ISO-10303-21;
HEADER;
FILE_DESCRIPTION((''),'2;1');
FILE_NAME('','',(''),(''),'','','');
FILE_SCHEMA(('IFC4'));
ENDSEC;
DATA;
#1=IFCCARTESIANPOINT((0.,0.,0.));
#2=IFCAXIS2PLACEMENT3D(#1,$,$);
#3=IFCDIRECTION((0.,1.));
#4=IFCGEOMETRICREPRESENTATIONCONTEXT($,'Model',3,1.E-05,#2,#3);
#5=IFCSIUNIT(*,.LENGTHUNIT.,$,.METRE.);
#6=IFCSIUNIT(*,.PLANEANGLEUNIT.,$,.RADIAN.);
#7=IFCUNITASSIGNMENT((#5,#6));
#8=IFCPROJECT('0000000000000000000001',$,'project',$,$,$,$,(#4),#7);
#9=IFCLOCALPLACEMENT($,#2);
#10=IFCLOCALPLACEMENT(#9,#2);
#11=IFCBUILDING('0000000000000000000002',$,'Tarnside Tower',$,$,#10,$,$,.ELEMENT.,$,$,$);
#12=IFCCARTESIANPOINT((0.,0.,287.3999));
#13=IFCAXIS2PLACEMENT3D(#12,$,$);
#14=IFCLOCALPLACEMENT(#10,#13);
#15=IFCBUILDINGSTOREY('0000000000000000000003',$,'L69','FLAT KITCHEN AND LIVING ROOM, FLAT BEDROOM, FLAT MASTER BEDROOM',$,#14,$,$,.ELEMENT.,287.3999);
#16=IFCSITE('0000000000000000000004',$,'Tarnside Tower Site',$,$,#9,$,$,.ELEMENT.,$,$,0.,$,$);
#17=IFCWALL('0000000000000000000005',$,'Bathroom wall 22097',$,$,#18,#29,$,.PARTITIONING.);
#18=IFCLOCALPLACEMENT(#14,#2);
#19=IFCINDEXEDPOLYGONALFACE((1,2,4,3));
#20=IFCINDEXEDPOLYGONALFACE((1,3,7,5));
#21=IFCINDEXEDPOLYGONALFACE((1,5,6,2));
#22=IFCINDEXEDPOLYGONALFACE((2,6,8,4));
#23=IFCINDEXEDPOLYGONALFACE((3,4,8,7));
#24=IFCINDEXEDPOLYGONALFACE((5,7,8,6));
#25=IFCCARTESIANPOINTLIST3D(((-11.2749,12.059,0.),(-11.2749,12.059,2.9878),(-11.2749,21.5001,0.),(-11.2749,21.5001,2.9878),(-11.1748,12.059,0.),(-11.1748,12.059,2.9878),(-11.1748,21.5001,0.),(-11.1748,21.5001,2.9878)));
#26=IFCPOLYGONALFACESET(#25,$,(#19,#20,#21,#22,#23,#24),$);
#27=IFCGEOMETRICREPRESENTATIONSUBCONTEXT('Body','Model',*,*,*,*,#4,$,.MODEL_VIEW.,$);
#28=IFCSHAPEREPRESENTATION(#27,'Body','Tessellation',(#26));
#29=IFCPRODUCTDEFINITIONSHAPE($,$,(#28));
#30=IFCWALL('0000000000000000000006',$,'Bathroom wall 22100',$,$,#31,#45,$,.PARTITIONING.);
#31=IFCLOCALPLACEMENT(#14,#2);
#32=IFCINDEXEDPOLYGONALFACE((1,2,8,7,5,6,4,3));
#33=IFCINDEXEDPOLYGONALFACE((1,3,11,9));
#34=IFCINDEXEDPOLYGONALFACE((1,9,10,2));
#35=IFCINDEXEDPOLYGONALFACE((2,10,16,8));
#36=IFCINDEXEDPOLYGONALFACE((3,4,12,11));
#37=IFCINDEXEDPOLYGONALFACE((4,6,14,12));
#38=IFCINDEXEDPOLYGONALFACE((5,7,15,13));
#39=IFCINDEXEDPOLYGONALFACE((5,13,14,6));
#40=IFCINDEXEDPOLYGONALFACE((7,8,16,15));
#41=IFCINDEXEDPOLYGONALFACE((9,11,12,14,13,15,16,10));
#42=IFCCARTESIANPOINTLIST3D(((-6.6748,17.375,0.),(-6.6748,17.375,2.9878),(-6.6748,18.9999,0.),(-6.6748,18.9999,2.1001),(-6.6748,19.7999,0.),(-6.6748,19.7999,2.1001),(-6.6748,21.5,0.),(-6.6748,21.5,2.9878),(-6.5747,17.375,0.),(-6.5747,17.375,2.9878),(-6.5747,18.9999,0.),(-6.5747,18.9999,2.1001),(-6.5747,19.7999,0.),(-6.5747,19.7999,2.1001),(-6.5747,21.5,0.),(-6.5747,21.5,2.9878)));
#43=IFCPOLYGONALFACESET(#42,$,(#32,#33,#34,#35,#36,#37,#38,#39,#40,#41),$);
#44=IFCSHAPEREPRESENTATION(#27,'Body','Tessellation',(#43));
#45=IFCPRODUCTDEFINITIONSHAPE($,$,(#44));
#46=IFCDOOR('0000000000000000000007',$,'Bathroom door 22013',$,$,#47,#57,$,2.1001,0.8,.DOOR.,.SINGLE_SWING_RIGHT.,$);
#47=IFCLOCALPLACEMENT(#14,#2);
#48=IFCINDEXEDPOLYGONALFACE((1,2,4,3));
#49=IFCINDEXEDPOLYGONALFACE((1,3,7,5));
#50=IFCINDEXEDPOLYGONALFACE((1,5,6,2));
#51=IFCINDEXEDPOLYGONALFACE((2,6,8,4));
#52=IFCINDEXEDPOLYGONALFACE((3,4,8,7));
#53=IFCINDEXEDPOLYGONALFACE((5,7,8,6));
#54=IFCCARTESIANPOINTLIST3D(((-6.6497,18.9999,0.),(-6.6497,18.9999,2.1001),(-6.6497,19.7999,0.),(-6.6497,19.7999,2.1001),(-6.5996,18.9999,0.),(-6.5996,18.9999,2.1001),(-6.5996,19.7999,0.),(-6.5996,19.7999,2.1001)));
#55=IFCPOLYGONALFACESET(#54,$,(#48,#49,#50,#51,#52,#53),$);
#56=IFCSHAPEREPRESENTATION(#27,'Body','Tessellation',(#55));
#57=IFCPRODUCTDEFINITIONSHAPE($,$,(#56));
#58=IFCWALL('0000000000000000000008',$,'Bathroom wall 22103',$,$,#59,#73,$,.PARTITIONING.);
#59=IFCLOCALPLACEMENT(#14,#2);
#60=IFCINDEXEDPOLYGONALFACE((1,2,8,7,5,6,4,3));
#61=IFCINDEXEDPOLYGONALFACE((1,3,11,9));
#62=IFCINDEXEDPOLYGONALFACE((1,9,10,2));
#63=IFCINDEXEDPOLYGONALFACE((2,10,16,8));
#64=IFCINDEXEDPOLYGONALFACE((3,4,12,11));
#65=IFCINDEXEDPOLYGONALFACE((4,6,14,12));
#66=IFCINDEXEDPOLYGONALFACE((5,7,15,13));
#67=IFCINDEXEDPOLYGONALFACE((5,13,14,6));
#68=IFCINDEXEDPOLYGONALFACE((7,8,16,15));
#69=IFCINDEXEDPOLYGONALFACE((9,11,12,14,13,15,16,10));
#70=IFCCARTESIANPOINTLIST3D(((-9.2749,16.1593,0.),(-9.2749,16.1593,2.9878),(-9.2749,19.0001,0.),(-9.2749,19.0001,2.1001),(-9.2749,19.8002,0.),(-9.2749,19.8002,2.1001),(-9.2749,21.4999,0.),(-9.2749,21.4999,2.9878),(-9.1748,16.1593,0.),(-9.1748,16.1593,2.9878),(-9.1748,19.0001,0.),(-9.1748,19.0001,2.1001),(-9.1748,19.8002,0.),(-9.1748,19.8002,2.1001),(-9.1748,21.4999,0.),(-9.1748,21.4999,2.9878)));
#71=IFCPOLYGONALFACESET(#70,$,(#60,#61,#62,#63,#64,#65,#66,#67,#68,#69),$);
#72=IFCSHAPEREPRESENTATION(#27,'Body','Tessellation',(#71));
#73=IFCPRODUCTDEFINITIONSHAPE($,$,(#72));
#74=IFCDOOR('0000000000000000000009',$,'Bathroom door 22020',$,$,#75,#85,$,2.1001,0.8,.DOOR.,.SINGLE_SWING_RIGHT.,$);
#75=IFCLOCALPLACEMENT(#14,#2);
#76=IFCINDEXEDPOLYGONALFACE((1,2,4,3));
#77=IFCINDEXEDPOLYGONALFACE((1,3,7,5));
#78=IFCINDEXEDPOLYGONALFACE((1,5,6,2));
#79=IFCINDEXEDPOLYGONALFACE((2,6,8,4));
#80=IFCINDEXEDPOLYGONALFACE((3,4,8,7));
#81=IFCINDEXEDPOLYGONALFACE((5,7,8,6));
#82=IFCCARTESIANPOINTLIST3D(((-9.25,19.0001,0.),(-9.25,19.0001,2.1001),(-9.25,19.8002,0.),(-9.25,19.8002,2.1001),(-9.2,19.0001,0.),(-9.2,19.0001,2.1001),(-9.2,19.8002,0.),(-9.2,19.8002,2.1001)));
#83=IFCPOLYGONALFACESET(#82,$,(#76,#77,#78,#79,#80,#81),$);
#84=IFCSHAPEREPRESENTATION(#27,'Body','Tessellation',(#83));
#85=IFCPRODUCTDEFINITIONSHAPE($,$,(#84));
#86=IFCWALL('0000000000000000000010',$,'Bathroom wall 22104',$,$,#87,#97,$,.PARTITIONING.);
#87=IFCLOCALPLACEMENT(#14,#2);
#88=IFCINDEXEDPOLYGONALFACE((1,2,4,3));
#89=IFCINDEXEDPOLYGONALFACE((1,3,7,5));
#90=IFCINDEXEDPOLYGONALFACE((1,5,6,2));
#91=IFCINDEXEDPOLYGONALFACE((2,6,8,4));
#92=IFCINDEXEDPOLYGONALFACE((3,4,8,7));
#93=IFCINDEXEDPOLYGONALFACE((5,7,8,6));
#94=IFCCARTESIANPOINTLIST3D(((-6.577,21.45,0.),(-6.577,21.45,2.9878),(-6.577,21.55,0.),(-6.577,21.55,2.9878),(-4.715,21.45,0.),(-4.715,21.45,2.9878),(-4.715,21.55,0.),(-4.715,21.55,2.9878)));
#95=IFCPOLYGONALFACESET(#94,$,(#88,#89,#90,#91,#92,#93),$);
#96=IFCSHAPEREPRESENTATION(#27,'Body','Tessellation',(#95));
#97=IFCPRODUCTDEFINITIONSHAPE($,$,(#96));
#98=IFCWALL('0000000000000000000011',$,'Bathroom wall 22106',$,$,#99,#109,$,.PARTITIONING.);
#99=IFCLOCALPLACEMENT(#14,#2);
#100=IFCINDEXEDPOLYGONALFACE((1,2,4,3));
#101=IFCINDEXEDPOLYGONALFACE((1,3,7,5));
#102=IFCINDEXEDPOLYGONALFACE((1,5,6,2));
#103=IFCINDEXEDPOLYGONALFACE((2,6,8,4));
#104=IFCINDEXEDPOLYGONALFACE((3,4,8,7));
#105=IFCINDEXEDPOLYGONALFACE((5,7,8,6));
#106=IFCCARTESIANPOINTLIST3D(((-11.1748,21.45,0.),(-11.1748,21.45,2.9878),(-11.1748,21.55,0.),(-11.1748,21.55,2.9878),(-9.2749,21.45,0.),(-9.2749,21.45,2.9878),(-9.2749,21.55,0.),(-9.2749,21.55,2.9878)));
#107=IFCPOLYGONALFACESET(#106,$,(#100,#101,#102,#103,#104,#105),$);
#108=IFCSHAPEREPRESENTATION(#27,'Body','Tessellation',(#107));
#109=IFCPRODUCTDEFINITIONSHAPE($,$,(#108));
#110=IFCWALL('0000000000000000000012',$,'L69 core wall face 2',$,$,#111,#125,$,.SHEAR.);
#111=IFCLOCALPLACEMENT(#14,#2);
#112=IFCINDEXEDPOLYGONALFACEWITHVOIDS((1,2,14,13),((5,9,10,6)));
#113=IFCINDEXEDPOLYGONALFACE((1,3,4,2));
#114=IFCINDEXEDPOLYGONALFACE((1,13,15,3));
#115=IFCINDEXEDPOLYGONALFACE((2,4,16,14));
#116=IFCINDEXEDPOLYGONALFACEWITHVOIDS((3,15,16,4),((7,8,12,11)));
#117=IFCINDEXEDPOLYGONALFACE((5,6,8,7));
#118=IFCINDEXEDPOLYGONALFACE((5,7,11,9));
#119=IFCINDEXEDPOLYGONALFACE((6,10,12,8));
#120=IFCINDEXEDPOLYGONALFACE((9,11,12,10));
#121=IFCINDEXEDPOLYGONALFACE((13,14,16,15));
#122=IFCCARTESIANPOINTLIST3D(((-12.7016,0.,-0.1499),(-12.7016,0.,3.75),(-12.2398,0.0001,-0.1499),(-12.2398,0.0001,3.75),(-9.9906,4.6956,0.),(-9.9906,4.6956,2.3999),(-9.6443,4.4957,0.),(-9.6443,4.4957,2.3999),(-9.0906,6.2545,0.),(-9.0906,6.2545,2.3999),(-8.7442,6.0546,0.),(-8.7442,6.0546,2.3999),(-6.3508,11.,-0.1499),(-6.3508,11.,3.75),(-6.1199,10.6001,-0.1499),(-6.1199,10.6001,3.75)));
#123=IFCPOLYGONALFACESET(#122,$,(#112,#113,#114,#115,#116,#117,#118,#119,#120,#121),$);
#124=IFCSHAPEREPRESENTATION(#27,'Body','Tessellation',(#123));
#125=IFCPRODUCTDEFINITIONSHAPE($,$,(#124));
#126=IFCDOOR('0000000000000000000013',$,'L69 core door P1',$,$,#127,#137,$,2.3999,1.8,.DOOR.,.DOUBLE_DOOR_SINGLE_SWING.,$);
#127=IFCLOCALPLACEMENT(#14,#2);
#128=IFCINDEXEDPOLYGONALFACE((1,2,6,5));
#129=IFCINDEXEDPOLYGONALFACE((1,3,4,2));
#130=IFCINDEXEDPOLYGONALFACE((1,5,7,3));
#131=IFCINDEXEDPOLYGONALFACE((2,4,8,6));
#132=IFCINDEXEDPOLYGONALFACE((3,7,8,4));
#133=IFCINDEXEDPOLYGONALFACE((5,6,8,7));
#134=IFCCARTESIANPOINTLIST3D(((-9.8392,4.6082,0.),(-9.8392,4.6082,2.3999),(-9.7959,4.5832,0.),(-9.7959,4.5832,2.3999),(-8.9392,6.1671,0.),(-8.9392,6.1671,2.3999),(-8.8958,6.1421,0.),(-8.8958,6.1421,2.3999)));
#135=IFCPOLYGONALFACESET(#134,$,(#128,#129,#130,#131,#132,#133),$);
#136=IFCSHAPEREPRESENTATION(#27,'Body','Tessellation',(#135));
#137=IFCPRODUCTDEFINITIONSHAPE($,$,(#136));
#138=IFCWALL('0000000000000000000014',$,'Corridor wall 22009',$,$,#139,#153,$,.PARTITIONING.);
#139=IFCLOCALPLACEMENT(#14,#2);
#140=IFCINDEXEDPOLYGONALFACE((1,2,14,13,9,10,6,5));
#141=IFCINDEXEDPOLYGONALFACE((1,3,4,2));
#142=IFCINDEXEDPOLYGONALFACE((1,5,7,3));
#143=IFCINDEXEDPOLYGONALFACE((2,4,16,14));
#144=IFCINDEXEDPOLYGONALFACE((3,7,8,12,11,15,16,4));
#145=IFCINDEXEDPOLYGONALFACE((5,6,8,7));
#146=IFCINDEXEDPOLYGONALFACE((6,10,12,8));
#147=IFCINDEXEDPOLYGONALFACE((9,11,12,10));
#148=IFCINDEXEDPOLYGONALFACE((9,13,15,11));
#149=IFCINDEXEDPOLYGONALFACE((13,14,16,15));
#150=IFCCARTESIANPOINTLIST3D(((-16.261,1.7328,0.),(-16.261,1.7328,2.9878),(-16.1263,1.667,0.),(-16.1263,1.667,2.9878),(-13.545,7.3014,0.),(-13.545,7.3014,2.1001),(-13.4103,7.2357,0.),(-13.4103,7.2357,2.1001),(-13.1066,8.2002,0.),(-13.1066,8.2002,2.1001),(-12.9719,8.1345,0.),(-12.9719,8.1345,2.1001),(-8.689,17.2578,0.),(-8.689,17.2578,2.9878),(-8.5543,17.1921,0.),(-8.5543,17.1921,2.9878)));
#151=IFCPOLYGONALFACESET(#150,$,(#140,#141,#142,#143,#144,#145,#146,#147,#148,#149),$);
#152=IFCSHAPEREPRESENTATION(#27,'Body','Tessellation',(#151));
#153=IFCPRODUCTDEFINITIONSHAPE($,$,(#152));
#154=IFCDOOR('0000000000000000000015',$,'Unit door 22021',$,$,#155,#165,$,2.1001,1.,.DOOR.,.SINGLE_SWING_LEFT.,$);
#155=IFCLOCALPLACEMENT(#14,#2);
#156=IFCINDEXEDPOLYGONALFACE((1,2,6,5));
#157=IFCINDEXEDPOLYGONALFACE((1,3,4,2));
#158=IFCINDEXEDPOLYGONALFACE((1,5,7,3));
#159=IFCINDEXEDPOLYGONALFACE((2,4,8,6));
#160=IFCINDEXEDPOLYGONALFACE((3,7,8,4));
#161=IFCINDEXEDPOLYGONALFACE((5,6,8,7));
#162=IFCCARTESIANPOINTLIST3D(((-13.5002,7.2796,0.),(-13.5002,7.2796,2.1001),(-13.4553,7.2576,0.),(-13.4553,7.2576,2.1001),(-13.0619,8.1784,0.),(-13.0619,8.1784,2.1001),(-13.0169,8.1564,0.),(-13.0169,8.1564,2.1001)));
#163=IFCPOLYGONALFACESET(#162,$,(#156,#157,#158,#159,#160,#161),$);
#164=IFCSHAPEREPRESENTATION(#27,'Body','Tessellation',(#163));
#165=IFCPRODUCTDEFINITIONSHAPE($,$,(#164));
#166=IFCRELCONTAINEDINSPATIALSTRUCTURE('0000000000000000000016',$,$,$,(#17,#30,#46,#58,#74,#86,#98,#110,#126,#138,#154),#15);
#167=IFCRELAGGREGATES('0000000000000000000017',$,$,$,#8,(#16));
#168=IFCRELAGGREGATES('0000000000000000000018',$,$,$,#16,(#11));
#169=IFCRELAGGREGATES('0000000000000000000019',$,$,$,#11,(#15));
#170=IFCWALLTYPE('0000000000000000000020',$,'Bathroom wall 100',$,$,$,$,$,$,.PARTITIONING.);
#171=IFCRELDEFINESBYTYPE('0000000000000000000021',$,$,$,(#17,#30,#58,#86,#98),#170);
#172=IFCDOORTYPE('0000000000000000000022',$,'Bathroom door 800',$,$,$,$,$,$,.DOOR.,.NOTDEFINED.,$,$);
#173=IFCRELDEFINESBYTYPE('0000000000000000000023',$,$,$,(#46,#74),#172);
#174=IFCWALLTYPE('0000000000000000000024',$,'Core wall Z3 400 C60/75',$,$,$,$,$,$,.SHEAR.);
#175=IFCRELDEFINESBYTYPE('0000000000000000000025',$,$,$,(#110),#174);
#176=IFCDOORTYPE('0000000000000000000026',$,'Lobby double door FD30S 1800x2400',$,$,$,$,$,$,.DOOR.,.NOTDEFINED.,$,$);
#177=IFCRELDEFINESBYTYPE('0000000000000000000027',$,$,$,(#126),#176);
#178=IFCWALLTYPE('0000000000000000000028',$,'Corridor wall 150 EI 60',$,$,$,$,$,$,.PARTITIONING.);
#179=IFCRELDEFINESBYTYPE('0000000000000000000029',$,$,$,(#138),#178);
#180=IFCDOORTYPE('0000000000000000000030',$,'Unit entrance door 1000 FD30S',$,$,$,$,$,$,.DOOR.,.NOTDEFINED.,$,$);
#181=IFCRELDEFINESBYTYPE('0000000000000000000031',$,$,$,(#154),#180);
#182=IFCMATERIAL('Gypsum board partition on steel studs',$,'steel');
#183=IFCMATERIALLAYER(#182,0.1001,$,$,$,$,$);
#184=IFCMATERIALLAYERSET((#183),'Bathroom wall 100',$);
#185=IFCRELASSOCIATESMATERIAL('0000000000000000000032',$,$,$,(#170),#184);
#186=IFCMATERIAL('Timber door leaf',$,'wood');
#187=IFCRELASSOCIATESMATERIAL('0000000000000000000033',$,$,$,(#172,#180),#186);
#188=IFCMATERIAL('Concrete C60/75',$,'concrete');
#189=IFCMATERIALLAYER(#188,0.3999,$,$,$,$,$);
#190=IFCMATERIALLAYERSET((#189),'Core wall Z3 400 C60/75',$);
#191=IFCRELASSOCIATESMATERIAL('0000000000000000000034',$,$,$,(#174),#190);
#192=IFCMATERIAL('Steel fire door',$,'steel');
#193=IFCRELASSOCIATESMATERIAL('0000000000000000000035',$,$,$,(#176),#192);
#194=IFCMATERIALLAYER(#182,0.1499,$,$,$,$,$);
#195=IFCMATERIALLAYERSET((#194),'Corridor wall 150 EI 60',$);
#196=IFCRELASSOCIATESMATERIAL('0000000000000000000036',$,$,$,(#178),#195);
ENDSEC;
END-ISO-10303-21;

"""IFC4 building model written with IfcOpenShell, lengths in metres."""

from ifc_helpers import new_model, si_unit, direction, frame, frame_2d, origin, place, context, subcontext, project, spatial, polyline, rectangle, outline, extrude, material, layer, layer_set, type_object, element, fill, save


model = new_model("IFC4")

# Units and contexts
model_context = context("Model", 3, precision=1e-05, world=origin(), true_north=direction((0.0, 1.0)))
body_context = subcontext(model_context, "Body", "Model", "MODEL_VIEW")
ifc_project = project(units=[si_unit("LENGTHUNIT", "METRE"), si_unit("PLANEANGLEUNIT", "RADIAN")], contexts=[model_context])

# Site, building, storey
site_placement = place(None, origin())
site = spatial("IfcSite", under=ifc_project, at=site_placement, Name="Tarnside Tower Site", CompositionType="ELEMENT", RefElevation=0.0)
building_placement = place(site_placement, origin())
building = spatial("IfcBuilding", under=site, at=building_placement, Name="Tarnside Tower", CompositionType="ELEMENT")
storey_placement = place(building_placement, frame((0.0, 0.0, 287.3999)))
storey = spatial("IfcBuildingStorey", under=building, at=storey_placement, Name="L69", Description="FLAT KITCHEN AND LIVING ROOM, FLAT BEDROOM, FLAT MASTER BEDROOM", CompositionType="ELEMENT", Elevation=287.3999)

# Wall
ifc_material_1 = material(Name="Gypsum board partition on steel studs", Category="steel")
ifc_layer_1 = layer(ifc_material_1, 0.1001)
ifc_layer_set_1 = layer_set([ifc_layer_1], Name="Bathroom wall 100")
wall_type_1 = type_object("IfcWallType", Name="Bathroom wall 100", PredefinedType="PARTITIONING", material=ifc_layer_set_1)
wall_1_placement = place(storey_placement, frame((-11.2249, 12.0588, 0.0), z_axis=(0.0, 0.0, 1.0), x_axis=(0.0, 1.0, 0.0)))
element("IfcWall", 1, at=wall_1_placement, inside=storey, type_object=wall_type_1, Name="Bathroom wall 22097", PredefinedType="PARTITIONING", context=body_context, shape_type="SweptSolid", body=[
    extrude(rectangle(XDim=9.4412, YDim=0.1001, at=frame_2d((4.7207, 0.0))), origin(), (0.0, 0.0, 1.0), 2.9878),
])

# Walls, openings, doors
wall_2_placement = place(storey_placement, frame((-6.6248, 17.375, 0.0), z_axis=(0.0, 0.0, 1.0), x_axis=(0.0, 1.0, 0.0)))
wall_2 = element("IfcWall", 2, at=wall_2_placement, inside=storey, type_object=wall_type_1, Name="Bathroom wall 22100", PredefinedType="PARTITIONING", context=body_context, shape_type="SweptSolid", body=[
    extrude(rectangle(XDim=4.125, YDim=0.1001, at=frame_2d((2.0625, 0.0))), origin(), (0.0, 0.0, 1.0), 2.9878),
])
opening_1_placement = place(wall_2_placement, frame((1.625, 0.0, 0.0)))
opening_1 = element("IfcOpeningElement", 3, at=opening_1_placement, cuts=wall_2, PredefinedType="OPENING", context=body_context, shape_type="SweptSolid", body=[
    extrude(rectangle(XDim=0.8, YDim=2.1001, at=frame_2d((0.3999, 1.05))), frame((0.0, 0.0601, 0.0), z_axis=(0.0, -1.0, 0.0), x_axis=(1.0, 0.0, 0.0)), (0.0, 0.0, 1.0), 0.1201),
])
ifc_material_2 = material(Name="Timber door leaf", Category="wood")
door_type_1 = type_object("IfcDoorType", Name="Bathroom door 800", OperationType="NOTDEFINED", PredefinedType="DOOR", material=ifc_material_2)
door_1_placement = place(opening_1_placement, origin())
door_1 = element("IfcDoor", 4, at=door_1_placement, inside=storey, type_object=door_type_1, Name="Bathroom door 22013", OperationType="SINGLE_SWING_RIGHT", OverallHeight=2.1001, OverallWidth=0.8, PredefinedType="DOOR", context=body_context, shape_type="SweptSolid", body=[
    extrude(rectangle(XDim=0.8, YDim=2.1001, at=frame_2d((0.3999, 1.05))), frame((0.0, 0.0249, 0.0), z_axis=(0.0, -1.0, 0.0), x_axis=(1.0, 0.0, 0.0)), (0.0, 0.0, 1.0), 0.05),
])
fill(opening_1, door_1)
wall_3_placement = place(storey_placement, frame((-9.2249, 21.5, 0.0), z_axis=(0.0, 0.0, 1.0), x_axis=(0.0, -1.0, 0.0)))
wall_3 = element("IfcWall", 5, at=wall_3_placement, inside=storey, type_object=wall_type_1, Name="Bathroom wall 22103", PredefinedType="PARTITIONING", context=body_context, shape_type="SweptSolid", body=[
    extrude(rectangle(XDim=5.3406, YDim=0.1001, at=frame_2d((2.6704, 0.0))), origin(), (0.0, 0.0, 1.0), 2.9878),
])
opening_2_placement = place(wall_3_placement, frame((1.7, 0.0, 0.0)))
opening_2 = element("IfcOpeningElement", 6, at=opening_2_placement, cuts=wall_3, PredefinedType="OPENING", context=body_context, shape_type="SweptSolid", body=[
    extrude(rectangle(XDim=0.8, YDim=2.1001, at=frame_2d((0.3999, 1.05))), frame((0.0, 0.0601, 0.0), z_axis=(0.0, -1.0, 0.0), x_axis=(1.0, 0.0, 0.0)), (0.0, 0.0, 1.0), 0.1201),
])
door_2_placement = place(opening_2_placement, origin())
door_2 = element("IfcDoor", 7, at=door_2_placement, inside=storey, type_object=door_type_1, Name="Bathroom door 22020", OperationType="SINGLE_SWING_RIGHT", OverallHeight=2.1001, OverallWidth=0.8, PredefinedType="DOOR", context=body_context, shape_type="SweptSolid", body=[
    extrude(rectangle(XDim=0.8, YDim=2.1001, at=frame_2d((0.3999, 1.05))), frame((0.0, 0.0249, 0.0), z_axis=(0.0, -1.0, 0.0), x_axis=(1.0, 0.0, 0.0)), (0.0, 0.0, 1.0), 0.05),
])
fill(opening_2, door_2)

# Walls
wall_4_placement = place(storey_placement, frame((-4.7148, 21.5, 0.0), z_axis=(0.0, 0.0, 1.0), x_axis=(-1.0, 0.0, 0.0)))
element("IfcWall", 8, at=wall_4_placement, inside=storey, type_object=wall_type_1, Name="Bathroom wall 22104", PredefinedType="PARTITIONING", context=body_context, shape_type="SweptSolid", body=[
    extrude(rectangle(XDim=1.8621, YDim=0.1001, at=frame_2d((0.9312, 0.0))), origin(), (0.0, 0.0, 1.0), 2.9878),
])
wall_5_placement = place(storey_placement, frame((-11.1748, 21.5, 0.0), z_axis=(0.0, 0.0, 1.0), x_axis=(1.0, 0.0, 0.0)))
element("IfcWall", 9, at=wall_5_placement, inside=storey, type_object=wall_type_1, Name="Bathroom wall 22106", PredefinedType="PARTITIONING", context=body_context, shape_type="SweptSolid", body=[
    extrude(rectangle(XDim=1.8999, YDim=0.1001, at=frame_2d((0.95, 0.0))), origin(), (0.0, 0.0, 1.0), 2.9878),
])

# Walls, openings, doors
ifc_material_3 = material(Name="Concrete C60/75", Category="concrete")
ifc_layer_2 = layer(ifc_material_3, 0.3999)
ifc_layer_set_2 = layer_set([ifc_layer_2], Name="Core wall Z3 400 C60/75")
wall_type_2 = type_object("IfcWallType", Name="Core wall Z3 400 C60/75", PredefinedType="SHEAR", material=ifc_layer_set_2)
wall_6_placement = place(storey_placement, frame((-6.2354, 10.8, -0.1499), z_axis=(0.0, 0.0, 1.0), x_axis=(-0.499996, -0.866027, 0.0)))
wall_6 = element("IfcWall", 10, at=wall_6_placement, inside=storey, type_object=wall_type_2, Name="L69 core wall face 2", PredefinedType="SHEAR", context=body_context, shape_type="SweptSolid", body=[
    extrude(outline(polyline([(-0.1155, -0.2), (12.5862, -0.2), (12.3552, 0.2), (0.1155, 0.2), (-0.1155, -0.2)])), origin(), (0.0, 0.0, 1.0), 3.8999),
])
opening_3_placement = place(wall_6_placement, frame((5.3643, 0.0, 0.1499)))
opening_3 = element("IfcOpeningElement", 11, at=opening_3_placement, cuts=wall_6, PredefinedType="OPENING", context=body_context, shape_type="SweptSolid", body=[
    extrude(rectangle(XDim=1.8, YDim=2.3999, at=frame_2d((0.8999, 1.2))), frame((0.0, 0.21, 0.0), z_axis=(0.0, -1.0, 0.0), x_axis=(1.0, 0.0, 0.0)), (0.0, 0.0, 1.0), 0.4199),
])
ifc_material_4 = material(Name="Steel fire door", Category="steel")
door_type_2 = type_object("IfcDoorType", Name="Lobby double door FD30S 1800x2400", OperationType="NOTDEFINED", PredefinedType="DOOR", material=ifc_material_4)
door_3_placement = place(opening_3_placement, origin())
door_3 = element("IfcDoor", 12, at=door_3_placement, inside=storey, type_object=door_type_2, Name="L69 core door P1", OperationType="DOUBLE_DOOR_SINGLE_SWING", OverallHeight=2.3999, OverallWidth=1.8, PredefinedType="DOOR", context=body_context, shape_type="SweptSolid", body=[
    extrude(rectangle(XDim=1.8, YDim=2.3999, at=frame_2d((0.8999, 1.2))), frame((0.0, 0.0249, 0.0), z_axis=(0.0, -1.0, 0.0), x_axis=(1.0, 0.0, 0.0)), (0.0, 0.0, 1.0), 0.05),
])
fill(opening_3, door_3)
ifc_layer_3 = layer(ifc_material_1, 0.1499)
ifc_layer_set_3 = layer_set([ifc_layer_3], Name="Corridor wall 150 EI 60")
wall_type_3 = type_object("IfcWallType", Name="Corridor wall 150 EI 60", PredefinedType="PARTITIONING", material=ifc_layer_set_3)
wall_7_placement = place(storey_placement, frame((-8.6216, 17.2251, 0.0), z_axis=(0.0, 0.0, 1.0), x_axis=(-0.438367, -0.898796, 0.0)))
wall_7 = element("IfcWall", 13, at=wall_7_placement, inside=storey, type_object=wall_type_3, Name="Corridor wall 22009", PredefinedType="PARTITIONING", context=body_context, shape_type="SweptSolid", body=[
    extrude(rectangle(XDim=17.2732, YDim=0.1499, at=frame_2d((8.6367, 0.0))), origin(), (0.0, 0.0, 1.0), 2.9878),
])
opening_4_placement = place(wall_7_placement, frame((10.0776, 0.0, 0.0)))
opening_4 = element("IfcOpeningElement", 14, at=opening_4_placement, cuts=wall_7, PredefinedType="OPENING", context=body_context, shape_type="SweptSolid", body=[
    extrude(rectangle(XDim=1.0, YDim=2.1001, at=frame_2d((0.5, 1.05))), frame((0.0, 0.085, 0.0), z_axis=(0.0, -1.0, 0.0), x_axis=(1.0, 0.0, 0.0)), (0.0, 0.0, 1.0), 0.1699),
])
door_type_3 = type_object("IfcDoorType", Name="Unit entrance door 1000 FD30S", OperationType="NOTDEFINED", PredefinedType="DOOR", material=ifc_material_2)
door_4_placement = place(opening_4_placement, origin())
door_4 = element("IfcDoor", 15, at=door_4_placement, inside=storey, type_object=door_type_3, Name="Unit door 22021", OperationType="SINGLE_SWING_LEFT", OverallHeight=2.1001, OverallWidth=1.0, PredefinedType="DOOR", context=body_context, shape_type="SweptSolid", body=[
    extrude(rectangle(XDim=1.0, YDim=2.1001, at=frame_2d((0.5, 1.05))), frame((0.0, 0.0249, 0.0), z_axis=(0.0, -1.0, 0.0), x_axis=(1.0, 0.0, 0.0)), (0.0, 0.0, 1.0), 0.05),
])
fill(opening_4, door_4)

save(model, "model.ifc")
